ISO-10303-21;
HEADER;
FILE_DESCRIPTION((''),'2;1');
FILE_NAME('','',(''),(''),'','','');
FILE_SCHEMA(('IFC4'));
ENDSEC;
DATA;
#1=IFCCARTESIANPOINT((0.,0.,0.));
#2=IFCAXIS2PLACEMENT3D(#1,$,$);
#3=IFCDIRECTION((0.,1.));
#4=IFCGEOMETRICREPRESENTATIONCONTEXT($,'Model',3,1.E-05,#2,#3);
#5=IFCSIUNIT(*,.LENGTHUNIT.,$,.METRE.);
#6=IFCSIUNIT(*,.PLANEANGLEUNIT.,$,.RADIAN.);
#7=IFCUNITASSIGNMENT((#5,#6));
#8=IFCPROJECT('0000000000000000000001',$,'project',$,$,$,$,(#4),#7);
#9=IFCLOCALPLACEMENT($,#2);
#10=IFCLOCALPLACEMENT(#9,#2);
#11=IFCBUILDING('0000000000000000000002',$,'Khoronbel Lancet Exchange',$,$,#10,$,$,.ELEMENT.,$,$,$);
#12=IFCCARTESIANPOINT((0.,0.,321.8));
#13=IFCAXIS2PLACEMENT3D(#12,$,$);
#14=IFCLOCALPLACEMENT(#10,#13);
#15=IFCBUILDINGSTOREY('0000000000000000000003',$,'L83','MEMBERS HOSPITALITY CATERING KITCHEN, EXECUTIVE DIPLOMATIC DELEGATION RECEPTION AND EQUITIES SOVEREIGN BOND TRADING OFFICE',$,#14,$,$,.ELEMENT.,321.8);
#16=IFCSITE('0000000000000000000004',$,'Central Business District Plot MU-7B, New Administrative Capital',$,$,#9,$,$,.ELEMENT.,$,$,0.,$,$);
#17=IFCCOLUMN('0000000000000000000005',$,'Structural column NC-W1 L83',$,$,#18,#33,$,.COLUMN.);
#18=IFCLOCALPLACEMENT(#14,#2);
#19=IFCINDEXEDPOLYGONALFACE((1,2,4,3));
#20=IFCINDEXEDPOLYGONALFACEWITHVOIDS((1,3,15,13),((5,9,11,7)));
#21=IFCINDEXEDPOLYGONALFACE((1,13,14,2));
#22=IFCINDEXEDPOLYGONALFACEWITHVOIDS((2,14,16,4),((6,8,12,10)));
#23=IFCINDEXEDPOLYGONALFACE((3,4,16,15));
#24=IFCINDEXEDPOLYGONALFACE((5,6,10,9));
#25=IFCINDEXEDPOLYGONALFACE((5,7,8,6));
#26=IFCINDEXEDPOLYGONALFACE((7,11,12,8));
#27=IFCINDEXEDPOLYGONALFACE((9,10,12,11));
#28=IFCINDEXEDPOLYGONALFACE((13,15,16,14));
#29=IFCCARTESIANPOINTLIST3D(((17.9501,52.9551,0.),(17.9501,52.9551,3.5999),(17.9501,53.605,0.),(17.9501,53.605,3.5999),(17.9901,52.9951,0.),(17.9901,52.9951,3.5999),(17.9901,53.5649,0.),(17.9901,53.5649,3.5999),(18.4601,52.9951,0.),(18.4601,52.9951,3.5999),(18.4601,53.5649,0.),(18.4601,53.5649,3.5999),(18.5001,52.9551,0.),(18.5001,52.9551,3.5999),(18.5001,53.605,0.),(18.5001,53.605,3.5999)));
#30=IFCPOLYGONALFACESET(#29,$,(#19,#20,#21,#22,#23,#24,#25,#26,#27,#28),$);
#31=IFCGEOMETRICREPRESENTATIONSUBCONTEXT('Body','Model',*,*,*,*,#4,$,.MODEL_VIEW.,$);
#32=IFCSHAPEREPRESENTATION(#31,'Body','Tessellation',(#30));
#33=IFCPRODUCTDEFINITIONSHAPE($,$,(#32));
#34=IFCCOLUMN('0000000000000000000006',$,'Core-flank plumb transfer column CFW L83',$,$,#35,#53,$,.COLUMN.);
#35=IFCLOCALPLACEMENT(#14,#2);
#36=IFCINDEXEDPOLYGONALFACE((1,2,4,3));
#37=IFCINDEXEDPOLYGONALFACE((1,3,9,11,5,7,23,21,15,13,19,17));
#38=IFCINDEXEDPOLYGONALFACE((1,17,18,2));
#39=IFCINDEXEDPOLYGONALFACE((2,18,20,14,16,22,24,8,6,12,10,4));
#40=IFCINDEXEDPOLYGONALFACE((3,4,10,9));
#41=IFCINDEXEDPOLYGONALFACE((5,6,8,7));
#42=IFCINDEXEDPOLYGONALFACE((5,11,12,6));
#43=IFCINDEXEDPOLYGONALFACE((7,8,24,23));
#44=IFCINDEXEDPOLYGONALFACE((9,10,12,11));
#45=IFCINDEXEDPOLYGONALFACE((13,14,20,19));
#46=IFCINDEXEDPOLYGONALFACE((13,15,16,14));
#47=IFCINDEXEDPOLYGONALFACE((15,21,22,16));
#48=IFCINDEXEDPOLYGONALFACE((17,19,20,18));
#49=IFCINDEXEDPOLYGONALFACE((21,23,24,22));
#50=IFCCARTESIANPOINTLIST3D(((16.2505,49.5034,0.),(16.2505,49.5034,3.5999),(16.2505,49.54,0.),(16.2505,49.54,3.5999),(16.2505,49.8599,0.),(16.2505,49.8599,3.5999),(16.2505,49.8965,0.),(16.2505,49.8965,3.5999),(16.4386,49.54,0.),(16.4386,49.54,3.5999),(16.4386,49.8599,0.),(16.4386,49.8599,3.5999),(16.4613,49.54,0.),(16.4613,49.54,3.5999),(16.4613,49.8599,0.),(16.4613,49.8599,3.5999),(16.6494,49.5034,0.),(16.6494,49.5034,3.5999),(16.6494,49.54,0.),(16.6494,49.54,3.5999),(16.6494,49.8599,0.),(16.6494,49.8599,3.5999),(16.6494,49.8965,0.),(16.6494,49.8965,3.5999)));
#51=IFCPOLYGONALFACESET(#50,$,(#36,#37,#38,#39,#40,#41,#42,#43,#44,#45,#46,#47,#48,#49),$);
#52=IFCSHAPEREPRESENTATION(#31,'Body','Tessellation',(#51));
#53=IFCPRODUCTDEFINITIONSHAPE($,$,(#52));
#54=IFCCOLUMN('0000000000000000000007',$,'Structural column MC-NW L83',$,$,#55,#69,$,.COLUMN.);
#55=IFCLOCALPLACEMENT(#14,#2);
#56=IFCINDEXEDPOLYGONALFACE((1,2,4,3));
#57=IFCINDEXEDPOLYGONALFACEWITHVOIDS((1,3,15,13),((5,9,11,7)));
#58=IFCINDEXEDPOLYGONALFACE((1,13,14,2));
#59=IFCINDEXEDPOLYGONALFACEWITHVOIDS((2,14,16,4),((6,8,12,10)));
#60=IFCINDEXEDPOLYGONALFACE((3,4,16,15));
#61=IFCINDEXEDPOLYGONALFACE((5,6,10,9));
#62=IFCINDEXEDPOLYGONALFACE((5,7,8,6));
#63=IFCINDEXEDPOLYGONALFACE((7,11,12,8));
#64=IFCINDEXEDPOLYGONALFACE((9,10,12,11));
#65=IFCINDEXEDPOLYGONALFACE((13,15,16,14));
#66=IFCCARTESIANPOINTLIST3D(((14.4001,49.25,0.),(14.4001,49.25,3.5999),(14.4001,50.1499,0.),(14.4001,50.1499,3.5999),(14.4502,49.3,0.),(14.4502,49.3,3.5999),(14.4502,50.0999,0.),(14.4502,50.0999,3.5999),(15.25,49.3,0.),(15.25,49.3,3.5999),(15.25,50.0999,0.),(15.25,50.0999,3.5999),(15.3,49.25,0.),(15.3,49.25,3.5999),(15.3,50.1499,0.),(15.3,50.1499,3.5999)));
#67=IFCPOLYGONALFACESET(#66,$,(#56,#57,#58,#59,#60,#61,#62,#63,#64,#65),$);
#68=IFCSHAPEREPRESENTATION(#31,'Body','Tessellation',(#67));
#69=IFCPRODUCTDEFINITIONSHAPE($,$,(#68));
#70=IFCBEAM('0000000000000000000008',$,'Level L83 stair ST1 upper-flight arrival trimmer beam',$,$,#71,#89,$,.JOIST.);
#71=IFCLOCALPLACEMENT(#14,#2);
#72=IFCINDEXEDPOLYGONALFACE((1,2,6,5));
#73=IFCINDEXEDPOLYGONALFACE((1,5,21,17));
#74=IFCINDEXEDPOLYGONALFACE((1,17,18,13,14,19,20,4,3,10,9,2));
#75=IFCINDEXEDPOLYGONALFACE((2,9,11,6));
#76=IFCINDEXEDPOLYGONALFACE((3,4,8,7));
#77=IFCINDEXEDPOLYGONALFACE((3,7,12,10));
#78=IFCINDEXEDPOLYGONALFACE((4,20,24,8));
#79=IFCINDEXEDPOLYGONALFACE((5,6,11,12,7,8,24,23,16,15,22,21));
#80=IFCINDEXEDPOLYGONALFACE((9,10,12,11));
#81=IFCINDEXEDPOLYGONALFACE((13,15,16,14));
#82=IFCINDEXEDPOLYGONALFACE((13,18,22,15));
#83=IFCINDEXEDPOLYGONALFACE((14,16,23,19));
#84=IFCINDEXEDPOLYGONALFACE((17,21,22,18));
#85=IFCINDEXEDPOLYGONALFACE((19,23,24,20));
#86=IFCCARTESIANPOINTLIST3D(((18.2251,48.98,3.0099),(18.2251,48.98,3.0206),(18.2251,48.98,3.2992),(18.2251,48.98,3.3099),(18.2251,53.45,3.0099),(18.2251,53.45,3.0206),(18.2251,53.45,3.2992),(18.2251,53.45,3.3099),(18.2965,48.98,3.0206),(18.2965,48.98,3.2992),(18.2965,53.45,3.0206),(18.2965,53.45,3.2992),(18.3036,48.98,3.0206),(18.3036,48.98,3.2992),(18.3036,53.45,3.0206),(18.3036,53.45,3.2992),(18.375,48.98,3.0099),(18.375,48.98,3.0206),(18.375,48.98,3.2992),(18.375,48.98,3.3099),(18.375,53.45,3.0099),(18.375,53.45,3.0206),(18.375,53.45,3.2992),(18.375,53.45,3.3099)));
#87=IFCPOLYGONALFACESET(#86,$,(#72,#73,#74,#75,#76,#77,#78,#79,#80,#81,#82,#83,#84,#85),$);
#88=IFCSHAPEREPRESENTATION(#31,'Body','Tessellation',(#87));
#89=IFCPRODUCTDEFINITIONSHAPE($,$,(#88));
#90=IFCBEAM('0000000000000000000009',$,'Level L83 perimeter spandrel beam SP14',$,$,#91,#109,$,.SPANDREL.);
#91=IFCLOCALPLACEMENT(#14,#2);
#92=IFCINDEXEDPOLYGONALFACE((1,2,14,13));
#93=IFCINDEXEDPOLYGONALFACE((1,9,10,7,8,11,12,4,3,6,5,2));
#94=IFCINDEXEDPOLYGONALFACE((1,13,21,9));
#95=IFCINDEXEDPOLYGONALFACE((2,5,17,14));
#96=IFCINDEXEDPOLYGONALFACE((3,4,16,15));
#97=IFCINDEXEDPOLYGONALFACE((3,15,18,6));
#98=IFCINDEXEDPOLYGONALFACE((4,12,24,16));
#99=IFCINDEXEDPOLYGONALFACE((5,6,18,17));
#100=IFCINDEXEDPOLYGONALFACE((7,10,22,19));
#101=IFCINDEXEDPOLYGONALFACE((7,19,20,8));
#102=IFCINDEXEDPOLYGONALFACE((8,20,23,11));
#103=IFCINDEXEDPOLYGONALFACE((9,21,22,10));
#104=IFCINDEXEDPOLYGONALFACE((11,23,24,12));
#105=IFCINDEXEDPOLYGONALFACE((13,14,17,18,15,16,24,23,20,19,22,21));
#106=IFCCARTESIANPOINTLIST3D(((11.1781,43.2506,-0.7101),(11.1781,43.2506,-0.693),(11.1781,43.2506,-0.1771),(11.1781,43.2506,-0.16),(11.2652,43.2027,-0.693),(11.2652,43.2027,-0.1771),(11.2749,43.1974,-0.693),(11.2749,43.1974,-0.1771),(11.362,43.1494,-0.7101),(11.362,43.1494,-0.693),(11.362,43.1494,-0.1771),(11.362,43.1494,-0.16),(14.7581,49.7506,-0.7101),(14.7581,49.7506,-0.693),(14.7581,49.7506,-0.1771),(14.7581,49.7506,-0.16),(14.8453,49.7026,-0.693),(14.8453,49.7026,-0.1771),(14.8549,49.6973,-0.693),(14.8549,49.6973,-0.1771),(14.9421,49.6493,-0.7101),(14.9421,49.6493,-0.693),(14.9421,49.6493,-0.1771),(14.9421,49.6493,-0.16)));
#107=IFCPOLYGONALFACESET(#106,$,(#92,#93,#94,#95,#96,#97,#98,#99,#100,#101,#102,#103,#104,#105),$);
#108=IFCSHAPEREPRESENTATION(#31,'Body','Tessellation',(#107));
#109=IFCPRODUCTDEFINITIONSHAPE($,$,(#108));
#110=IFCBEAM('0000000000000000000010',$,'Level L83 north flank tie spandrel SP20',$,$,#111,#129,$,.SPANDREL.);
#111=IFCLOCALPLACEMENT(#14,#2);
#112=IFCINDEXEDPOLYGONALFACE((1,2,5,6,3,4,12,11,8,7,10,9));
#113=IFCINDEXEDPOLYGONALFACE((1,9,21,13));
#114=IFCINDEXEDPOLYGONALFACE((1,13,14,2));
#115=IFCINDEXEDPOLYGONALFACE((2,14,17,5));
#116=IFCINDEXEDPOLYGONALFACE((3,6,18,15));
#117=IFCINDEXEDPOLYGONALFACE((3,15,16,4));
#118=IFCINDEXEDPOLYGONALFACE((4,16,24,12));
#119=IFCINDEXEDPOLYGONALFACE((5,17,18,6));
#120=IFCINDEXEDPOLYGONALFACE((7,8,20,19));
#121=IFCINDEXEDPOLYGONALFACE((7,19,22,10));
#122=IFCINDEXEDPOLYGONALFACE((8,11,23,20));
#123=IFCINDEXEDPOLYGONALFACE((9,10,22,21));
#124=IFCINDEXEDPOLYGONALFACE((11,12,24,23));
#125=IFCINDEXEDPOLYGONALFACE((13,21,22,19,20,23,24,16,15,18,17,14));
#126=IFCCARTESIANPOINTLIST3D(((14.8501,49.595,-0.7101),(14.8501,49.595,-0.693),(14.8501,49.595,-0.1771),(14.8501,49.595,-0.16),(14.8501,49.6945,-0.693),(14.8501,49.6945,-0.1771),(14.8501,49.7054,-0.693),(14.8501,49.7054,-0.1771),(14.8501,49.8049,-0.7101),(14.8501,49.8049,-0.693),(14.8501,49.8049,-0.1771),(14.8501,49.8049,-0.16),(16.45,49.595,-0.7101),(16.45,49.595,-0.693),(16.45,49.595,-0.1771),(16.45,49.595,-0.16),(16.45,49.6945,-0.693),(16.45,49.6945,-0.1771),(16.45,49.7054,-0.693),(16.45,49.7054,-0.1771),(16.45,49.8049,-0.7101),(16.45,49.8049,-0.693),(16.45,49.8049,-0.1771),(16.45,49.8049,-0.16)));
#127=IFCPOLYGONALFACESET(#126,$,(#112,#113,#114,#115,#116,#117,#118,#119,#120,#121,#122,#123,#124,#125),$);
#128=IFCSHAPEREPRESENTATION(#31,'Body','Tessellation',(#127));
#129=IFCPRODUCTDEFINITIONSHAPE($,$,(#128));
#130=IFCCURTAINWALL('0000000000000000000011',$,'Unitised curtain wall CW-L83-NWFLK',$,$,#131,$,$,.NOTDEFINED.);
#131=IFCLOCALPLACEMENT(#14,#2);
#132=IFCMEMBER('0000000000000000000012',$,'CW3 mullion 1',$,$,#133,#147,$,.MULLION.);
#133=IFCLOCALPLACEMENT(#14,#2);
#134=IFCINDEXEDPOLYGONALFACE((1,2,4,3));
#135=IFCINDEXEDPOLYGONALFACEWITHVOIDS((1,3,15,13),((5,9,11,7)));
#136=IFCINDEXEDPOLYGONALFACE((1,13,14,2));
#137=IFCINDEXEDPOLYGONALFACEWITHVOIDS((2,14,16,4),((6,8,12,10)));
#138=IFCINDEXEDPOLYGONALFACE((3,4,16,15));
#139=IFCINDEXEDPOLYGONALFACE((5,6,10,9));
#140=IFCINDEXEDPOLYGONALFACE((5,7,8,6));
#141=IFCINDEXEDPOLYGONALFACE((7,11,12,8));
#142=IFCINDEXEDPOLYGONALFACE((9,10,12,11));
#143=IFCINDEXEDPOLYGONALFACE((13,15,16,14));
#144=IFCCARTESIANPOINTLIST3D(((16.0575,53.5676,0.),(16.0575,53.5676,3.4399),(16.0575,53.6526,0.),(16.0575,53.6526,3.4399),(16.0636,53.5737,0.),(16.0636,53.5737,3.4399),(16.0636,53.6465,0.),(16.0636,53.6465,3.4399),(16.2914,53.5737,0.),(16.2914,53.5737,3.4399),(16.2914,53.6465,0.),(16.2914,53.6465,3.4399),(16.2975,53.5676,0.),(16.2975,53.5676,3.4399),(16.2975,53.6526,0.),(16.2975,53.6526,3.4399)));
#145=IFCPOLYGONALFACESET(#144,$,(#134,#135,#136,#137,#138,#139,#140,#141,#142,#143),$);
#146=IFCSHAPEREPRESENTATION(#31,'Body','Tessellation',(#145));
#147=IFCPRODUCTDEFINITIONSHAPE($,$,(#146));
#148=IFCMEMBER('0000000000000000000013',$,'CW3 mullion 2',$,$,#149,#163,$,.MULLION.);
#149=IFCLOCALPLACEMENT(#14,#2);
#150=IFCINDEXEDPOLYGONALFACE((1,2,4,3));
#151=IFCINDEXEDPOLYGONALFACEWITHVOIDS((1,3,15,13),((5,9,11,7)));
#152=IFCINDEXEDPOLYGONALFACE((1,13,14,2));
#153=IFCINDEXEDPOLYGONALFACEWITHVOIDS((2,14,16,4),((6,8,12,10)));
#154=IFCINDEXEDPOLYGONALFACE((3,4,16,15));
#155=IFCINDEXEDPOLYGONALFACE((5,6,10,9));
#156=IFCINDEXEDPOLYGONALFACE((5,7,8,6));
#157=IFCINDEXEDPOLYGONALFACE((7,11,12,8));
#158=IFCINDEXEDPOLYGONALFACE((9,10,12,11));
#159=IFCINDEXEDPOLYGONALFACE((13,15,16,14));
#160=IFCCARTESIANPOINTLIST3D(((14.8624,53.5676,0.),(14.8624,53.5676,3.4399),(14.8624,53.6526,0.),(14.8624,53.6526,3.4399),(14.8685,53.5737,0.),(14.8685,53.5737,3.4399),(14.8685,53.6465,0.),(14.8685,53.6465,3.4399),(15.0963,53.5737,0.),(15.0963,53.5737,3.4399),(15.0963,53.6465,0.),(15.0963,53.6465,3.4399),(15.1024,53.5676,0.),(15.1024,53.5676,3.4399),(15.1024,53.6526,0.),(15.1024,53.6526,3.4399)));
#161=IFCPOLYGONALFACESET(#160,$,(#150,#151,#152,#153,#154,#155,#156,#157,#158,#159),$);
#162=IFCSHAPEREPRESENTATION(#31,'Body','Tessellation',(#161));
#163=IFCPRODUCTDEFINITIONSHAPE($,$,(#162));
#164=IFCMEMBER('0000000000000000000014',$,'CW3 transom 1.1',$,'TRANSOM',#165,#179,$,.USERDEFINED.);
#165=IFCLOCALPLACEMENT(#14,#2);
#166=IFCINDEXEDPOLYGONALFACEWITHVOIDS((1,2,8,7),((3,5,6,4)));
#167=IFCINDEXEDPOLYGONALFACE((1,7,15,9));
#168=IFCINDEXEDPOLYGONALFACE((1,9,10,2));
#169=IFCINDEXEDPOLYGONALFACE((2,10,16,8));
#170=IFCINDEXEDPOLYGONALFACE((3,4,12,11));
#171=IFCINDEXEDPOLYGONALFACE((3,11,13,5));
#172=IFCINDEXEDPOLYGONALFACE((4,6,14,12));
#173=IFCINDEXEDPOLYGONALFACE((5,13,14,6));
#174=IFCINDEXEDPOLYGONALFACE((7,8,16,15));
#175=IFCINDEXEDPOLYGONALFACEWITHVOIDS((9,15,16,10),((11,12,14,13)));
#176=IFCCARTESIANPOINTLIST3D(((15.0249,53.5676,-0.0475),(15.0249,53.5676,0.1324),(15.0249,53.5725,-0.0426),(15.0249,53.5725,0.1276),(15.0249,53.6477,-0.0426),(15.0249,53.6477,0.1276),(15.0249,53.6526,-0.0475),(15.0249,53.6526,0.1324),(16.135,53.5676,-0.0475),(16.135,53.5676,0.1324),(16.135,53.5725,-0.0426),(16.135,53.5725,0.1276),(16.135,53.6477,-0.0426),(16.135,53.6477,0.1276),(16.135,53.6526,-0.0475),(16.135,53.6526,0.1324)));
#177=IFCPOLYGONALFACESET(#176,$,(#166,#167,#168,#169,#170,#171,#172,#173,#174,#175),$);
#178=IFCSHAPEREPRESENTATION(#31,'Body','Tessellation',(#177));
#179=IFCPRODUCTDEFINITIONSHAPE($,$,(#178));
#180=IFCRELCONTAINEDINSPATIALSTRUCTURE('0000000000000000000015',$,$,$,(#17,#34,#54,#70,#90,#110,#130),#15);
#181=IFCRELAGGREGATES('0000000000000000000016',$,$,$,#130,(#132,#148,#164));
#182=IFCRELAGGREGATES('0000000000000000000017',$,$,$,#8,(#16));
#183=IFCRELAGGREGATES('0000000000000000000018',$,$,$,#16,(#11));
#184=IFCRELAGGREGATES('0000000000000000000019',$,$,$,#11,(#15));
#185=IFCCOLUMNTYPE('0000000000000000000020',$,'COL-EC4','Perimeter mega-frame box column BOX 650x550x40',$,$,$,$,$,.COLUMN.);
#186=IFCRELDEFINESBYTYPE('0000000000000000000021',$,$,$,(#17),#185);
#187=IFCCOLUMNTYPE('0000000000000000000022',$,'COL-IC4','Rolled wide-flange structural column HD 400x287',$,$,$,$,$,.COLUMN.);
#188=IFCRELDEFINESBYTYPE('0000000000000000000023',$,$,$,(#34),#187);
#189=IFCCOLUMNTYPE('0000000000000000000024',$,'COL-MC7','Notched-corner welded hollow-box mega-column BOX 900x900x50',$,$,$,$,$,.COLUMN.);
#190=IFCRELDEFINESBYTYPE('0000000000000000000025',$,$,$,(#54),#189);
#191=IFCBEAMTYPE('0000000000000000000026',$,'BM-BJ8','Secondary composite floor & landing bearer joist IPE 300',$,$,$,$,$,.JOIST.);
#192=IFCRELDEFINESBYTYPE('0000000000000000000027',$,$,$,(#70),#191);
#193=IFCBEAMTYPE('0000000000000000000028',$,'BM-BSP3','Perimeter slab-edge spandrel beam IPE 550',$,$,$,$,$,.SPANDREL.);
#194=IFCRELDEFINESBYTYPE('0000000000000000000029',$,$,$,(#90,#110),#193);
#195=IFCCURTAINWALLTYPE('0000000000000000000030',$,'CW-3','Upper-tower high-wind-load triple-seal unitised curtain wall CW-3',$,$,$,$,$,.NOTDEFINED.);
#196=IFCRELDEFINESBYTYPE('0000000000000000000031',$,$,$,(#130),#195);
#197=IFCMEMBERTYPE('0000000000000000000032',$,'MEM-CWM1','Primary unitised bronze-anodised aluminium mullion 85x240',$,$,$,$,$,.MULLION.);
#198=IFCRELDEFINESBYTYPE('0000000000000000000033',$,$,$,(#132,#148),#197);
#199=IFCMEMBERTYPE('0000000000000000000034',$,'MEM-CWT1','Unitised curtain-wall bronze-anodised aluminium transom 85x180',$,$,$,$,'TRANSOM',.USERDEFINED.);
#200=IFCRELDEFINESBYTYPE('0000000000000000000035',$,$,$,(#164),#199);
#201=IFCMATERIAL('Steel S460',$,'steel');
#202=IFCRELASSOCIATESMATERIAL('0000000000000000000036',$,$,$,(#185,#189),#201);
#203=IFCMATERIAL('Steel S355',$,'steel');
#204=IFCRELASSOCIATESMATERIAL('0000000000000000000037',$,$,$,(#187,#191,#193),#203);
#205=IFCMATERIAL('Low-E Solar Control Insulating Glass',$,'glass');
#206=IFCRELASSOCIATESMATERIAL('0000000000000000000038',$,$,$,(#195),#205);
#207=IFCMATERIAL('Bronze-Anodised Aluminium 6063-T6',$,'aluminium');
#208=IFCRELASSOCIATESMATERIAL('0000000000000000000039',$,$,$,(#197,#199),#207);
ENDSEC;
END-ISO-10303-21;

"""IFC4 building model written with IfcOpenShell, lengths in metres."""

from ifc_helpers import new_model, si_unit, direction, frame, origin, origin_2d, place, context, subcontext, project, spatial, hollow_rectangle, i_section, extrude, material, material_profile, profile_set, type_object, element, aggregate, save


model = new_model("IFC4")

# Units and contexts
model_context = context("Model", 3, precision=1e-05, world=origin(), true_north=direction((0.0, 1.0)))
body_context = subcontext(model_context, "Body", "Model", "MODEL_VIEW")
ifc_project = project(units=[si_unit("LENGTHUNIT", "METRE"), si_unit("PLANEANGLEUNIT", "RADIAN")], contexts=[model_context])

# Site, building, storey
site_placement = place(None, origin())
site = spatial("IfcSite", under=ifc_project, at=site_placement, Name="Central Business District Plot MU-7B, New Administrative Capital", CompositionType="ELEMENT", RefElevation=0.0)
building_placement = place(site_placement, origin())
building = spatial("IfcBuilding", under=site, at=building_placement, Name="Khoronbel Lancet Exchange", CompositionType="ELEMENT")
storey_placement = place(building_placement, frame((0.0, 0.0, 321.8)))
storey = spatial("IfcBuildingStorey", under=building, at=storey_placement, Name="L83", Description="MEMBERS HOSPITALITY CATERING KITCHEN, EXECUTIVE DIPLOMATIC DELEGATION RECEPTION AND EQUITIES SOVEREIGN BOND TRADING OFFICE", CompositionType="ELEMENT", Elevation=321.8)

# Columns
ifc_material_1 = material(Name="Steel S460", Category="steel")
ifc_material_profile_1 = material_profile(ifc_material_1, hollow_rectangle(XDim=0.55, YDim=0.6499, WallThickness=0.04, at=origin_2d()), Name="BOX 650x550x40")
ifc_profile_set_1 = profile_set([ifc_material_profile_1], Name="Steel S460")
column_type_1 = type_object("IfcColumnType", Name="COL-EC4", Description="Perimeter mega-frame box column BOX 650x550x40", PredefinedType="COLUMN", material=ifc_profile_set_1)
column_1_placement = place(storey_placement, frame((18.2251, 53.28, 0.0), z_axis=(0.0, 0.0, 1.0), x_axis=(1.0, 0.0, 0.0)))
element("IfcColumn", 1, at=column_1_placement, inside=storey, type_object=column_type_1, Name="Structural column NC-W1 L83", PredefinedType="COLUMN", context=body_context, shape_type="SweptSolid", body=[
    extrude(hollow_rectangle(XDim=0.55, YDim=0.6499, WallThickness=0.04, at=origin_2d()), origin(), (0.0, 0.0, 1.0), 3.5999),
])
ifc_material_2 = material(Name="Steel S355", Category="steel")
ifc_material_profile_2 = material_profile(ifc_material_2, i_section(OverallWidth=0.3989, OverallDepth=0.3931, WebThickness=0.0227, FlangeThickness=0.0366, at=origin_2d()), Name="HD 400x287")
ifc_profile_set_2 = profile_set([ifc_material_profile_2], Name="Steel S355")
column_type_2 = type_object("IfcColumnType", Name="COL-IC4", Description="Rolled wide-flange structural column HD 400x287", PredefinedType="COLUMN", material=ifc_profile_set_2)
column_2_placement = place(storey_placement, frame((16.45, 49.7, 0.0), z_axis=(0.0, 0.0, 1.0), x_axis=(1.0, 0.0, 0.0)))
element("IfcColumn", 2, at=column_2_placement, inside=storey, type_object=column_type_2, Name="Core-flank plumb transfer column CFW L83", PredefinedType="COLUMN", context=body_context, shape_type="SweptSolid", body=[
    extrude(i_section(OverallWidth=0.3989, OverallDepth=0.3931, WebThickness=0.0227, FlangeThickness=0.0366, at=origin_2d()), origin(), (0.0, 0.0, 1.0), 3.5999),
])
ifc_material_profile_3 = material_profile(ifc_material_1, hollow_rectangle(XDim=0.8999, YDim=0.8999, WallThickness=0.05, at=origin_2d()), Name="BOX 900x900x50")
ifc_profile_set_3 = profile_set([ifc_material_profile_3], Name="Steel S460")
column_type_3 = type_object("IfcColumnType", Name="COL-MC7", Description="Notched-corner welded hollow-box mega-column BOX 900x900x50", PredefinedType="COLUMN", material=ifc_profile_set_3)
column_3_placement = place(storey_placement, frame((14.8501, 49.7, 0.0), z_axis=(0.0, 0.0, 1.0), x_axis=(1.0, 0.0, 0.0)))
element("IfcColumn", 3, at=column_3_placement, inside=storey, type_object=column_type_3, Name="Structural column MC-NW L83", PredefinedType="COLUMN", context=body_context, shape_type="SweptSolid", body=[
    extrude(hollow_rectangle(XDim=0.8999, YDim=0.8999, WallThickness=0.05, at=origin_2d()), origin(), (0.0, 0.0, 1.0), 3.5999),
])

# Beams
ifc_material_profile_4 = material_profile(ifc_material_2, i_section(OverallWidth=0.1499, OverallDepth=0.3, WebThickness=0.0071, FlangeThickness=0.0107, at=origin_2d()), Name="IPE 300")
ifc_profile_set_4 = profile_set([ifc_material_profile_4], Name="Steel S355")
beam_type_1 = type_object("IfcBeamType", Name="BM-BJ8", Description="Secondary composite floor & landing bearer joist IPE 300", PredefinedType="JOIST", material=ifc_profile_set_4)
beam_1_placement = place(storey_placement, frame((18.3, 48.98, 3.1599), z_axis=(0.0, 1.0, 0.0), x_axis=(-1.0, 0.0, 0.0)))
element("IfcBeam", 4, at=beam_1_placement, inside=storey, type_object=beam_type_1, Name="Level L83 stair ST1 upper-flight arrival trimmer beam", PredefinedType="JOIST", context=body_context, shape_type="SweptSolid", body=[
    extrude(i_section(OverallWidth=0.1499, OverallDepth=0.3, WebThickness=0.0071, FlangeThickness=0.0107, at=origin_2d()), origin(), (0.0, 0.0, 1.0), 4.47),
])
ifc_material_profile_5 = material_profile(ifc_material_2, i_section(OverallWidth=0.21, OverallDepth=0.55, WebThickness=0.011, FlangeThickness=0.0171, at=origin_2d()), Name="IPE 550")
ifc_profile_set_5 = profile_set([ifc_material_profile_5], Name="Steel S355")
beam_type_2 = type_object("IfcBeamType", Name="BM-BSP3", Description="Perimeter slab-edge spandrel beam IPE 550", PredefinedType="SPANDREL", material=ifc_profile_set_5)
beam_2_placement = place(storey_placement, frame((14.8501, 49.7, -0.4351), z_axis=(-0.482444, -0.875927, 0.0), x_axis=(0.875927, -0.482444, 0.0)))
element("IfcBeam", 5, at=beam_2_placement, inside=storey, type_object=beam_type_2, Name="Level L83 perimeter spandrel beam SP14", PredefinedType="SPANDREL", context=body_context, shape_type="SweptSolid", body=[
    extrude(i_section(OverallWidth=0.21, OverallDepth=0.55, WebThickness=0.011, FlangeThickness=0.0171, at=origin_2d()), origin(), (0.0, 0.0, 1.0), 7.4207),
])
beam_3_placement = place(storey_placement, frame((14.8501, 49.7, -0.4351), z_axis=(1.0, 0.0, 0.0), x_axis=(0.0, 1.0, 0.0)))
element("IfcBeam", 6, at=beam_3_placement, inside=storey, type_object=beam_type_2, Name="Level L83 north flank tie spandrel SP20", PredefinedType="SPANDREL", context=body_context, shape_type="SweptSolid", body=[
    extrude(i_section(OverallWidth=0.21, OverallDepth=0.55, WebThickness=0.011, FlangeThickness=0.0171, at=origin_2d()), origin(), (0.0, 0.0, 1.0), 1.5999),
])

# Curtain wall, members
ifc_material_3 = material(Name="Low-E Solar Control Insulating Glass", Category="glass")
curtain_wall_type = type_object("IfcCurtainWallType", Name="CW-3", Description="Upper-tower high-wind-load triple-seal unitised curtain wall CW-3", PredefinedType="NOTDEFINED", material=ifc_material_3)
curtain_wall_placement = place(storey_placement, origin())
curtain_wall = element("IfcCurtainWall", 7, at=curtain_wall_placement, inside=storey, type_object=curtain_wall_type, Name="Unitised curtain wall CW-L83-NWFLK", PredefinedType="NOTDEFINED")
ifc_material_4 = material(Name="Bronze-Anodised Aluminium 6063-T6", Category="aluminium")
ifc_material_profile_6 = material_profile(ifc_material_4, hollow_rectangle(XDim=0.085, YDim=0.24, WallThickness=0.0061, at=origin_2d()), Name="ALU MULLION 85x240")
ifc_profile_set_6 = profile_set([ifc_material_profile_6], Name="Bronze-Anodised Aluminium 6063-T6")
member_type_1 = type_object("IfcMemberType", Name="MEM-CWM1", Description="Primary unitised bronze-anodised aluminium mullion 85x240", PredefinedType="MULLION", material=ifc_profile_set_6)
member_1_placement = place(storey_placement, frame((16.1775, 53.6101, 0.0), z_axis=(0.0, 0.0, 1.0), x_axis=(0.0, -1.0, 0.0)))
member_1 = element("IfcMember", 8, at=member_1_placement, type_object=member_type_1, Name="CW3 mullion 1", PredefinedType="MULLION", context=body_context, shape_type="SweptSolid", body=[
    extrude(hollow_rectangle(XDim=0.085, YDim=0.24, WallThickness=0.0061, at=origin_2d()), origin(), (0.0, 0.0, 1.0), 3.4399),
])
member_2_placement = place(storey_placement, frame((14.9824, 53.6101, 0.0), z_axis=(0.0, 0.0, 1.0), x_axis=(0.0, -1.0, 0.0)))
member_2 = element("IfcMember", 9, at=member_2_placement, type_object=member_type_1, Name="CW3 mullion 2", PredefinedType="MULLION", context=body_context, shape_type="SweptSolid", body=[
    extrude(hollow_rectangle(XDim=0.085, YDim=0.24, WallThickness=0.0061, at=origin_2d()), origin(), (0.0, 0.0, 1.0), 3.4399),
])
ifc_material_profile_7 = material_profile(ifc_material_4, hollow_rectangle(XDim=0.085, YDim=0.1799, WallThickness=0.0049, at=origin_2d()), Name="ALU TRANSOM 85x180")
ifc_profile_set_7 = profile_set([ifc_material_profile_7], Name="Bronze-Anodised Aluminium 6063-T6")
member_type_2 = type_object("IfcMemberType", Name="MEM-CWT1", Description="Unitised curtain-wall bronze-anodised aluminium transom 85x180", ElementType="TRANSOM", PredefinedType="USERDEFINED", material=ifc_profile_set_7)
member_3_placement = place(storey_placement, frame((16.135, 53.6101, 0.0425), z_axis=(-1.0, 0.0, 0.0), x_axis=(0.0, -1.0, 0.0)))
member_3 = element("IfcMember", 10, at=member_3_placement, type_object=member_type_2, Name="CW3 transom 1.1", ObjectType="TRANSOM", PredefinedType="USERDEFINED", context=body_context, shape_type="SweptSolid", body=[
    extrude(hollow_rectangle(XDim=0.085, YDim=0.1799, WallThickness=0.0049, at=origin_2d()), origin(), (0.0, 0.0, 1.0), 1.1101),
])
aggregate(curtain_wall, [member_1, member_2, member_3])

save(model, "model.ifc")
